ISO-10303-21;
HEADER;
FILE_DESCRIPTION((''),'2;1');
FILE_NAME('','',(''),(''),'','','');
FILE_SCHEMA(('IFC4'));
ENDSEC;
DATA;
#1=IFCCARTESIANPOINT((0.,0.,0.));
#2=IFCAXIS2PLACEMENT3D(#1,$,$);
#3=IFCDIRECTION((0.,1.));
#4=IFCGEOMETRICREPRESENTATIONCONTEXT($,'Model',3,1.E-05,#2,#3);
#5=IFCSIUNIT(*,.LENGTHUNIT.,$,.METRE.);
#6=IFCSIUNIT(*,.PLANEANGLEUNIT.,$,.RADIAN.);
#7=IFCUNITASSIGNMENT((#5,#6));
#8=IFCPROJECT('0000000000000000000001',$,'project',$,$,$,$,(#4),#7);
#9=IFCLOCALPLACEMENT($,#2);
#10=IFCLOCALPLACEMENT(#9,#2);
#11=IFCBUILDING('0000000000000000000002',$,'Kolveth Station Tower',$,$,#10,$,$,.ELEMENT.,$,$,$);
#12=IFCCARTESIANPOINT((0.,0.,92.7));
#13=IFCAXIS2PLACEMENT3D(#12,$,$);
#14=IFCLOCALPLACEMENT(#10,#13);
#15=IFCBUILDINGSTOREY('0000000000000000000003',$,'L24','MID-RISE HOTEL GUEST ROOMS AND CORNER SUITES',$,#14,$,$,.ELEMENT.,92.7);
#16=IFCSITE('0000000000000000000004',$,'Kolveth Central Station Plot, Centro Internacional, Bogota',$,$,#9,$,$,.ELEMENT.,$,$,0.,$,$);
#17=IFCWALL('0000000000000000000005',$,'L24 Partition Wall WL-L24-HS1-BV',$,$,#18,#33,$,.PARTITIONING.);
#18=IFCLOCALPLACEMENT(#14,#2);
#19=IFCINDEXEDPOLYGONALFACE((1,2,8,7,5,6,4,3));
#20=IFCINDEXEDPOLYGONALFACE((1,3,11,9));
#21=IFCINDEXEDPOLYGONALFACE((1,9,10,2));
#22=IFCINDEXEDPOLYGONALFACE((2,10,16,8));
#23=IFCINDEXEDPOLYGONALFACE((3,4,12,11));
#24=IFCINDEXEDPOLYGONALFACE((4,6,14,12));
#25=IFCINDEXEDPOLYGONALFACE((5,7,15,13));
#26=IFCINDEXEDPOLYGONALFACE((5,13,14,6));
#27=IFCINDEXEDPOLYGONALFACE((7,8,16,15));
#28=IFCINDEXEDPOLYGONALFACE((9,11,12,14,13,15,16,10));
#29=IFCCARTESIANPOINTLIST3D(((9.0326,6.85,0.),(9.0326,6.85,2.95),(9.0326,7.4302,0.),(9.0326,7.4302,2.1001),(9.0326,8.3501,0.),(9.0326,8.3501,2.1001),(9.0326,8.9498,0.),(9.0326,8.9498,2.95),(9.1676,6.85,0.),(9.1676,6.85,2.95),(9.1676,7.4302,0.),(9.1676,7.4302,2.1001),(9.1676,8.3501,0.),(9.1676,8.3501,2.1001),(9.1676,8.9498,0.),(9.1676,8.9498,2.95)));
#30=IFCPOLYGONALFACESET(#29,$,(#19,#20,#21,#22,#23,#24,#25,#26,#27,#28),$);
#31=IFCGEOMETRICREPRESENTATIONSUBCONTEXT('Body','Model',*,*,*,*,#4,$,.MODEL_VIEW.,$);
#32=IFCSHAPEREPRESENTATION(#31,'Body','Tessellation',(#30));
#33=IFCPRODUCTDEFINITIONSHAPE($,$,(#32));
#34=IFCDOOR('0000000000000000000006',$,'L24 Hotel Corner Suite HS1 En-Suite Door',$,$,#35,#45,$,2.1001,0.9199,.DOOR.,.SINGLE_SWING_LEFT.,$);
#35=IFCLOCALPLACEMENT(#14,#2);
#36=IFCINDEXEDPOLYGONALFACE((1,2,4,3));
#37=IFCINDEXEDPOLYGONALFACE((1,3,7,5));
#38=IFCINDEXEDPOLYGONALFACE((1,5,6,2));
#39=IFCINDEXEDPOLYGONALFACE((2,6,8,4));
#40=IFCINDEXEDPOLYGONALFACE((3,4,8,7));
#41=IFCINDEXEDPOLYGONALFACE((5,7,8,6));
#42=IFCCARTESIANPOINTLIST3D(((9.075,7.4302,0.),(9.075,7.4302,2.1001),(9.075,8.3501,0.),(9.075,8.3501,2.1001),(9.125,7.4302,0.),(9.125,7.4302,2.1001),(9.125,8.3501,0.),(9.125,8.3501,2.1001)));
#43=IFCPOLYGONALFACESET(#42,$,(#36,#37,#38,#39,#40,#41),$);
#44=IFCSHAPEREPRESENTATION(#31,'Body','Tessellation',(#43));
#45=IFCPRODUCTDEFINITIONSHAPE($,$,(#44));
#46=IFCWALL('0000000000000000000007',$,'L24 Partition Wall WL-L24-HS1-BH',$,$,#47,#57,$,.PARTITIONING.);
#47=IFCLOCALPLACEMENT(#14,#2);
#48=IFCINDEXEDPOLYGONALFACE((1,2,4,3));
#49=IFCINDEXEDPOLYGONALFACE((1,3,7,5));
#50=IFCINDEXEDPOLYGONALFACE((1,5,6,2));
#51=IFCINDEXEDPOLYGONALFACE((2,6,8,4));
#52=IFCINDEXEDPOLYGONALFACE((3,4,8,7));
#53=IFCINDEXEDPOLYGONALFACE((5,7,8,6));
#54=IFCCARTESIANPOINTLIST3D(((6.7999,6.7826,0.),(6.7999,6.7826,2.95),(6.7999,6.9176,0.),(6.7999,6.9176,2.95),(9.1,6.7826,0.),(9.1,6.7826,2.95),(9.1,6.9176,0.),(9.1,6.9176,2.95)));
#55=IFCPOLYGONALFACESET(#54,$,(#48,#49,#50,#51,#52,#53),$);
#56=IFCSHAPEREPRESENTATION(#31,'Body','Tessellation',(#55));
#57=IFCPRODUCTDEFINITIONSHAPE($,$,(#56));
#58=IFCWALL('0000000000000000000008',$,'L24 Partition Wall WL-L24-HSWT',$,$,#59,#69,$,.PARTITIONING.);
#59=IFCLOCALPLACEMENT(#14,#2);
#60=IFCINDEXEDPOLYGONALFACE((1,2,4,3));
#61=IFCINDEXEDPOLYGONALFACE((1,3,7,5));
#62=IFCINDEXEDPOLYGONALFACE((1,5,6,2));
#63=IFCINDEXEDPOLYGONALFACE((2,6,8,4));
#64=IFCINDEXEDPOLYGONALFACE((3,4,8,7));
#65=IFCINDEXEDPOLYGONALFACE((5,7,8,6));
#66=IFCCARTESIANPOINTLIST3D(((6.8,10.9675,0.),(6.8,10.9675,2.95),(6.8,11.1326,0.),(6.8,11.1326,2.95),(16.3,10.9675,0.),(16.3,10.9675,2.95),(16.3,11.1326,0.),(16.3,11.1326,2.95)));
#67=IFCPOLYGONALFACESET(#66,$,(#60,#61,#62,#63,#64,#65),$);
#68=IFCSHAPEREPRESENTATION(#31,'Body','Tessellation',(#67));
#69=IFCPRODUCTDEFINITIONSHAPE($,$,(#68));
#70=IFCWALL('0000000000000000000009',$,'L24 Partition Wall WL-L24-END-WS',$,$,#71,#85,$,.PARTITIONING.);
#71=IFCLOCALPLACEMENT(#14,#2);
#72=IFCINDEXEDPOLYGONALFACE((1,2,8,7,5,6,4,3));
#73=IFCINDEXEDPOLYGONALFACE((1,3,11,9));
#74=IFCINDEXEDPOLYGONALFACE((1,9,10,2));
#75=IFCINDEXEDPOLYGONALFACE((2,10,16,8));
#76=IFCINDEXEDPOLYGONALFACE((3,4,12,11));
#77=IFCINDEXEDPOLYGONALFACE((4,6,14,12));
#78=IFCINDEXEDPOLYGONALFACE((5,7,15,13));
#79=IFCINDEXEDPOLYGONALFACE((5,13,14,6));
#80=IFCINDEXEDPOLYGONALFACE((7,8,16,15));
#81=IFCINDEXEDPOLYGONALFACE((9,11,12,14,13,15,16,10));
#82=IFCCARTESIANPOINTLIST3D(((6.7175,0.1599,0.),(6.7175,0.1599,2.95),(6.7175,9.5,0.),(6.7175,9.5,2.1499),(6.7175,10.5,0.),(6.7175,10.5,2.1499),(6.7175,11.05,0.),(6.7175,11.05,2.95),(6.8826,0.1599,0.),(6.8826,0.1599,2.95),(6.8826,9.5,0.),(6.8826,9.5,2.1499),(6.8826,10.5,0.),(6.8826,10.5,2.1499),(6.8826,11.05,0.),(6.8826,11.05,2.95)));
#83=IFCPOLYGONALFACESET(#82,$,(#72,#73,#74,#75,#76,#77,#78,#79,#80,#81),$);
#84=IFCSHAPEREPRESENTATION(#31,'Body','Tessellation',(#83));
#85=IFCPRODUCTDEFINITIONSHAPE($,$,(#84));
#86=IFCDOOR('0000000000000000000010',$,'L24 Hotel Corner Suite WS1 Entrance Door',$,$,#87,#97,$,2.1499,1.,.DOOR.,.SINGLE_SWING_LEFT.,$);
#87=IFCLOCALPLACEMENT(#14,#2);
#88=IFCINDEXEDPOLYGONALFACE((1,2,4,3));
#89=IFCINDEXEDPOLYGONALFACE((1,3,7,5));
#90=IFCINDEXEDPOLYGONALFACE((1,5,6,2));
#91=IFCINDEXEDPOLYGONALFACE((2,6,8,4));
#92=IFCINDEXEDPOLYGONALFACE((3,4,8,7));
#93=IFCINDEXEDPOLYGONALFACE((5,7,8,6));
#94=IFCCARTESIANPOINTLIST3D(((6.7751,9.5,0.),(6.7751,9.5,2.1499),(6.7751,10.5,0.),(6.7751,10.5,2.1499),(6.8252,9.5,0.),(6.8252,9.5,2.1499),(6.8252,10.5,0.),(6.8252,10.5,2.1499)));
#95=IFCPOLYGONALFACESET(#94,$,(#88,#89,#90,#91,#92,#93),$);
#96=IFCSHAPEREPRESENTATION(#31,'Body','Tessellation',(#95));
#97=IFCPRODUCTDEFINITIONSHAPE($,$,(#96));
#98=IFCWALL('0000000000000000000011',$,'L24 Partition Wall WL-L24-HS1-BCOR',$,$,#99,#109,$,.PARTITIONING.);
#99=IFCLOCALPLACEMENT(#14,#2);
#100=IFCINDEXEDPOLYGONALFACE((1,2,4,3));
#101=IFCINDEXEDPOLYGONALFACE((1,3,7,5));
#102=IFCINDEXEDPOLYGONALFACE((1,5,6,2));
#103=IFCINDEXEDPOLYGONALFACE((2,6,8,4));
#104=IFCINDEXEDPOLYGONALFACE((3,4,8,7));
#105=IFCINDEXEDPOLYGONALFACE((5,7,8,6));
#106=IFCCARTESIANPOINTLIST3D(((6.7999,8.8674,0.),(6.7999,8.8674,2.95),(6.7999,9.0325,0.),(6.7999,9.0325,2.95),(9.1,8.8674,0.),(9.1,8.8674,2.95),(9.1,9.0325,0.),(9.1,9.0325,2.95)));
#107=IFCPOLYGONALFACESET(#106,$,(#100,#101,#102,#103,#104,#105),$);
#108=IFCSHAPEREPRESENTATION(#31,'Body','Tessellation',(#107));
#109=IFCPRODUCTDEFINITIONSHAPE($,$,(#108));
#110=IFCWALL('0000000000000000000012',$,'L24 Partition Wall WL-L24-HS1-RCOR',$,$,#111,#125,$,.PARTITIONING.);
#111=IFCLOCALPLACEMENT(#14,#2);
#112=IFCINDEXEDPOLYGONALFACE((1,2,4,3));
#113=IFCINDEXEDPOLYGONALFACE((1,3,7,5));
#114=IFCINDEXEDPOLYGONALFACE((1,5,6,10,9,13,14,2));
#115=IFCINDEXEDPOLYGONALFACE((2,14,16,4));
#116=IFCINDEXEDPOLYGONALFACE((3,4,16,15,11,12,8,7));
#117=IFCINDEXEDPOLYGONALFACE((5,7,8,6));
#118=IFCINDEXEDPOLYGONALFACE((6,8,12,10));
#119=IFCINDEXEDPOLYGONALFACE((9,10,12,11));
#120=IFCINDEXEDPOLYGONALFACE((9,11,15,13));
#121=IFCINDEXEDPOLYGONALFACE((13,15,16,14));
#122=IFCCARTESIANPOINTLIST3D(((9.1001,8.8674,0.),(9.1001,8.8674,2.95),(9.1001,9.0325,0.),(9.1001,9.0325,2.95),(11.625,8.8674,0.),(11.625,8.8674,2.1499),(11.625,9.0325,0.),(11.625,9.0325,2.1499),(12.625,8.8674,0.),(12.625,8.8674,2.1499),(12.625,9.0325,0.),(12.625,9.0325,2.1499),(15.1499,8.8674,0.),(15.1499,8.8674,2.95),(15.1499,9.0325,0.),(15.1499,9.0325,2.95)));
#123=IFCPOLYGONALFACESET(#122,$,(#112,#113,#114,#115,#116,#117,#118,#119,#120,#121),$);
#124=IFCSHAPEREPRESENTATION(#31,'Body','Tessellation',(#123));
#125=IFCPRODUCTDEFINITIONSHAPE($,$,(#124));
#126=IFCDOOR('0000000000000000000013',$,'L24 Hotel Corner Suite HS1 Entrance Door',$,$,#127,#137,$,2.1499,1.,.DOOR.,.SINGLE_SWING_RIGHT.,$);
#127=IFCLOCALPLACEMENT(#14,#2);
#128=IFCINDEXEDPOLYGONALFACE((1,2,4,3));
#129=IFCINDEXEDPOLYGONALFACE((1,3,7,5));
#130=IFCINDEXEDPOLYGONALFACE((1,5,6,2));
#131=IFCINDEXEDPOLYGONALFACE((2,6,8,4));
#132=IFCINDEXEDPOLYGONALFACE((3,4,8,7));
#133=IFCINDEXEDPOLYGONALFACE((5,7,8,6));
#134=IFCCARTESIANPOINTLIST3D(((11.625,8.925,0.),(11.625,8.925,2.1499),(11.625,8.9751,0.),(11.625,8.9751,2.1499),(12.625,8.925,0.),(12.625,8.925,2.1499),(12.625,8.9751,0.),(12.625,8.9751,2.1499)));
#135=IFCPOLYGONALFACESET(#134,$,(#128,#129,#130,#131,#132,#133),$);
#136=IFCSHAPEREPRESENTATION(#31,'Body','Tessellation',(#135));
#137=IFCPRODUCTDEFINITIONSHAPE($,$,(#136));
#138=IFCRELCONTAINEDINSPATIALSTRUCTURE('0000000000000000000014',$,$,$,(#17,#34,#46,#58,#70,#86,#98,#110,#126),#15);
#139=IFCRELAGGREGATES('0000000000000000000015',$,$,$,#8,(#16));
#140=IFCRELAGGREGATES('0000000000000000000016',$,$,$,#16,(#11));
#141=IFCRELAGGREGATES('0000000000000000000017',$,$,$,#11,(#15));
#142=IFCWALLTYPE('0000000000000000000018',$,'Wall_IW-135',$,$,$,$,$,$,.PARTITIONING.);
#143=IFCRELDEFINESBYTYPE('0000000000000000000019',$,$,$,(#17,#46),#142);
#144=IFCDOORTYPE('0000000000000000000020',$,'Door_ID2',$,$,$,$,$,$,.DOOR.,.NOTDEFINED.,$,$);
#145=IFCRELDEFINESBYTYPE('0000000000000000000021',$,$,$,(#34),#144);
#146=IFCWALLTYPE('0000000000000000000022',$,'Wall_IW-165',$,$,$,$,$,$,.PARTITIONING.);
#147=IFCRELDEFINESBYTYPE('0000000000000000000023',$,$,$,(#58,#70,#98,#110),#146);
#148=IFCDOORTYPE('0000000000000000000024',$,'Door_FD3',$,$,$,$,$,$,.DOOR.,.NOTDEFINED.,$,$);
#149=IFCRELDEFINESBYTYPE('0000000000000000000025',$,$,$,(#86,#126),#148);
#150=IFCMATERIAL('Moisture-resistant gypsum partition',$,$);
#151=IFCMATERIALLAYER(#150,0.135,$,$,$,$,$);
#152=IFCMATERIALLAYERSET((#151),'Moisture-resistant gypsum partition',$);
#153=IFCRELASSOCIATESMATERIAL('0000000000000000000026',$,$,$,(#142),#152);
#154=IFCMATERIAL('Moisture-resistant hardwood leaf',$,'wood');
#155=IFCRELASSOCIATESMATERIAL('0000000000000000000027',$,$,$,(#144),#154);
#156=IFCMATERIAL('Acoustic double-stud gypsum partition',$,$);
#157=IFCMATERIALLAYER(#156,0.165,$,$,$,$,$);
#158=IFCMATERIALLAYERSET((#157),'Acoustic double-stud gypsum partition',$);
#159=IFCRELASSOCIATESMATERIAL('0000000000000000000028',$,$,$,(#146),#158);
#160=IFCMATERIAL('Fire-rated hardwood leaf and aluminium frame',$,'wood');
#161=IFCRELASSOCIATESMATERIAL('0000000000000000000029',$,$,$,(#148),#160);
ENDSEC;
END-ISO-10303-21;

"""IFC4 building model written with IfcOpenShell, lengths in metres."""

from ifc_helpers import new_model, si_unit, direction, frame, frame_2d, origin, place, context, subcontext, project, spatial, rectangle, extrude, material, layer, layer_set, type_object, element, fill, save


model = new_model("IFC4")

# Units and contexts
model_context = context("Model", 3, precision=1e-05, world=origin(), true_north=direction((0.0, 1.0)))
body_context = subcontext(model_context, "Body", "Model", "MODEL_VIEW")
ifc_project = project(units=[si_unit("LENGTHUNIT", "METRE"), si_unit("PLANEANGLEUNIT", "RADIAN")], contexts=[model_context])

# Site, building, storey
site_placement = place(None, origin())
site = spatial("IfcSite", under=ifc_project, at=site_placement, Name="Kolveth Central Station Plot, Centro Internacional, Bogota", CompositionType="ELEMENT", RefElevation=0.0)
building_placement = place(site_placement, origin())
building = spatial("IfcBuilding", under=site, at=building_placement, Name="Kolveth Station Tower", CompositionType="ELEMENT")
storey_placement = place(building_placement, frame((0.0, 0.0, 92.7)))
storey = spatial("IfcBuildingStorey", under=building, at=storey_placement, Name="L24", Description="MID-RISE HOTEL GUEST ROOMS AND CORNER SUITES", CompositionType="ELEMENT", Elevation=92.7)

# Wall, opening, door
ifc_material_1 = material(Name="Moisture-resistant gypsum partition")
ifc_layer_1 = layer(ifc_material_1, 0.135)
ifc_layer_set_1 = layer_set([ifc_layer_1], Name="Moisture-resistant gypsum partition")
wall_type_1 = type_object("IfcWallType", Name="Wall_IW-135", PredefinedType="PARTITIONING", material=ifc_layer_set_1)
wall_1_placement = place(storey_placement, frame((9.1001, 6.8501, 0.0), z_axis=(0.0, 0.0, 1.0), x_axis=(0.0, 1.0, 0.0)))
wall_1 = element("IfcWall", 1, at=wall_1_placement, inside=storey, type_object=wall_type_1, Name="L24 Partition Wall WL-L24-HS1-BV", PredefinedType="PARTITIONING", context=body_context, shape_type="SweptSolid", body=[
    extrude(rectangle(XDim=2.0999, YDim=0.135, at=frame_2d((1.0498, 0.0))), origin(), (0.0, 0.0, 1.0), 2.95),
])
opening_1_placement = place(wall_1_placement, frame((0.5801, 0.0, 0.0)))
opening_1 = element("IfcOpeningElement", 2, at=opening_1_placement, cuts=wall_1, PredefinedType="OPENING", context=body_context, shape_type="SweptSolid", body=[
    extrude(rectangle(XDim=0.9199, YDim=2.1001, at=frame_2d((0.46, 1.05))), frame((0.0, 0.0774, 0.0), z_axis=(0.0, -1.0, 0.0), x_axis=(1.0, 0.0, 0.0)), (0.0, 0.0, 1.0), 0.155),
])
ifc_material_2 = material(Name="Moisture-resistant hardwood leaf", Category="wood")
door_type_1 = type_object("IfcDoorType", Name="Door_ID2", OperationType="NOTDEFINED", PredefinedType="DOOR", material=ifc_material_2)
door_1_placement = place(opening_1_placement, frame((0.9199, 0.0, 0.0), z_axis=(0.0, 0.0, 1.0), x_axis=(-1.0, 0.0, 0.0)))
door_1 = element("IfcDoor", 3, at=door_1_placement, inside=storey, type_object=door_type_1, Name="L24 Hotel Corner Suite HS1 En-Suite Door", OperationType="SINGLE_SWING_LEFT", OverallHeight=2.1001, OverallWidth=0.9199, PredefinedType="DOOR", context=body_context, shape_type="SweptSolid", body=[
    extrude(rectangle(XDim=0.9199, YDim=2.1001, at=frame_2d((0.46, 1.05))), frame((0.0, 0.0249, 0.0), z_axis=(0.0, -1.0, 0.0), x_axis=(1.0, 0.0, 0.0)), (0.0, 0.0, 1.0), 0.05),
])
fill(opening_1, door_1)

# Walls
wall_2_placement = place(storey_placement, frame((6.8, 6.8501, 0.0), z_axis=(0.0, 0.0, 1.0), x_axis=(1.0, 0.0, 0.0)))
element("IfcWall", 4, at=wall_2_placement, inside=storey, type_object=wall_type_1, Name="L24 Partition Wall WL-L24-HS1-BH", PredefinedType="PARTITIONING", context=body_context, shape_type="SweptSolid", body=[
    extrude(rectangle(XDim=2.3, YDim=0.135, at=frame_2d((1.1499, 0.0))), origin(), (0.0, 0.0, 1.0), 2.95),
])
ifc_material_3 = material(Name="Acoustic double-stud gypsum partition")
ifc_layer_2 = layer(ifc_material_3, 0.165)
ifc_layer_set_2 = layer_set([ifc_layer_2], Name="Acoustic double-stud gypsum partition")
wall_type_2 = type_object("IfcWallType", Name="Wall_IW-165", PredefinedType="PARTITIONING", material=ifc_layer_set_2)
wall_3_placement = place(storey_placement, frame((6.8, 11.05, 0.0), z_axis=(0.0, 0.0, 1.0), x_axis=(1.0, 0.0, 0.0)))
element("IfcWall", 5, at=wall_3_placement, inside=storey, type_object=wall_type_2, Name="L24 Partition Wall WL-L24-HSWT", PredefinedType="PARTITIONING", context=body_context, shape_type="SweptSolid", body=[
    extrude(rectangle(XDim=9.5, YDim=0.165, at=frame_2d((4.75, 0.0))), origin(), (0.0, 0.0, 1.0), 2.95),
])

# Wall, opening, door
wall_4_placement = place(storey_placement, frame((6.8, 0.1599, 0.0), z_axis=(0.0, 0.0, 1.0), x_axis=(0.0, 1.0, 0.0)))
wall_4 = element("IfcWall", 6, at=wall_4_placement, inside=storey, type_object=wall_type_2, Name="L24 Partition Wall WL-L24-END-WS", PredefinedType="PARTITIONING", context=body_context, shape_type="SweptSolid", body=[
    extrude(rectangle(XDim=10.8901, YDim=0.165, at=frame_2d((5.4451, 0.0))), origin(), (0.0, 0.0, 1.0), 2.95),
])
opening_2_placement = place(wall_4_placement, frame((9.3401, 0.0, 0.0)))
opening_2 = element("IfcOpeningElement", 7, at=opening_2_placement, cuts=wall_4, PredefinedType="OPENING", context=body_context, shape_type="SweptSolid", body=[
    extrude(rectangle(XDim=1.0, YDim=2.1499, at=frame_2d((0.5, 1.075))), frame((0.0, 0.0925, 0.0), z_axis=(0.0, -1.0, 0.0), x_axis=(1.0, 0.0, 0.0)), (0.0, 0.0, 1.0), 0.1851),
])
ifc_material_4 = material(Name="Fire-rated hardwood leaf and aluminium frame", Category="wood")
door_type_2 = type_object("IfcDoorType", Name="Door_FD3", OperationType="NOTDEFINED", PredefinedType="DOOR", material=ifc_material_4)
door_2_placement = place(opening_2_placement, origin())
door_2 = element("IfcDoor", 8, at=door_2_placement, inside=storey, type_object=door_type_2, Name="L24 Hotel Corner Suite WS1 Entrance Door", OperationType="SINGLE_SWING_LEFT", OverallHeight=2.1499, OverallWidth=1.0, PredefinedType="DOOR", context=body_context, shape_type="SweptSolid", body=[
    extrude(rectangle(XDim=1.0, YDim=2.1499, at=frame_2d((0.5, 1.075))), frame((0.0, 0.0249, 0.0), z_axis=(0.0, -1.0, 0.0), x_axis=(1.0, 0.0, 0.0)), (0.0, 0.0, 1.0), 0.05),
])
fill(opening_2, door_2)

# Wall
wall_5_placement = place(storey_placement, frame((6.8, 8.95, 0.0), z_axis=(0.0, 0.0, 1.0), x_axis=(1.0, 0.0, 0.0)))
element("IfcWall", 9, at=wall_5_placement, inside=storey, type_object=wall_type_2, Name="L24 Partition Wall WL-L24-HS1-BCOR", PredefinedType="PARTITIONING", context=body_context, shape_type="SweptSolid", body=[
    extrude(rectangle(XDim=2.3, YDim=0.165, at=frame_2d((1.1499, 0.0))), origin(), (0.0, 0.0, 1.0), 2.95),
])

# Wall, opening, door
wall_6_placement = place(storey_placement, frame((9.1001, 8.95, 0.0), z_axis=(0.0, 0.0, 1.0), x_axis=(1.0, 0.0, 0.0)))
wall_6 = element("IfcWall", 10, at=wall_6_placement, inside=storey, type_object=wall_type_2, Name="L24 Partition Wall WL-L24-HS1-RCOR", PredefinedType="PARTITIONING", context=body_context, shape_type="SweptSolid", body=[
    extrude(rectangle(XDim=6.0498, YDim=0.165, at=frame_2d((3.0249, 0.0))), origin(), (0.0, 0.0, 1.0), 2.95),
])
opening_3_placement = place(wall_6_placement, frame((2.5249, 0.0, 0.0)))
opening_3 = element("IfcOpeningElement", 11, at=opening_3_placement, cuts=wall_6, PredefinedType="OPENING", context=body_context, shape_type="SweptSolid", body=[
    extrude(rectangle(XDim=1.0, YDim=2.1499, at=frame_2d((0.5, 1.075))), frame((0.0, 0.0925, 0.0), z_axis=(0.0, -1.0, 0.0), x_axis=(1.0, 0.0, 0.0)), (0.0, 0.0, 1.0), 0.1851),
])
door_3_placement = place(opening_3_placement, frame((1.0, 0.0, 0.0), z_axis=(0.0, 0.0, 1.0), x_axis=(-1.0, 0.0, 0.0)))
door_3 = element("IfcDoor", 12, at=door_3_placement, inside=storey, type_object=door_type_2, Name="L24 Hotel Corner Suite HS1 Entrance Door", OperationType="SINGLE_SWING_RIGHT", OverallHeight=2.1499, OverallWidth=1.0, PredefinedType="DOOR", context=body_context, shape_type="SweptSolid", body=[
    extrude(rectangle(XDim=1.0, YDim=2.1499, at=frame_2d((0.5, 1.075))), frame((0.0, 0.0249, 0.0), z_axis=(0.0, -1.0, 0.0), x_axis=(1.0, 0.0, 0.0)), (0.0, 0.0, 1.0), 0.05),
])
fill(opening_3, door_3)

save(model, "model.ifc")
